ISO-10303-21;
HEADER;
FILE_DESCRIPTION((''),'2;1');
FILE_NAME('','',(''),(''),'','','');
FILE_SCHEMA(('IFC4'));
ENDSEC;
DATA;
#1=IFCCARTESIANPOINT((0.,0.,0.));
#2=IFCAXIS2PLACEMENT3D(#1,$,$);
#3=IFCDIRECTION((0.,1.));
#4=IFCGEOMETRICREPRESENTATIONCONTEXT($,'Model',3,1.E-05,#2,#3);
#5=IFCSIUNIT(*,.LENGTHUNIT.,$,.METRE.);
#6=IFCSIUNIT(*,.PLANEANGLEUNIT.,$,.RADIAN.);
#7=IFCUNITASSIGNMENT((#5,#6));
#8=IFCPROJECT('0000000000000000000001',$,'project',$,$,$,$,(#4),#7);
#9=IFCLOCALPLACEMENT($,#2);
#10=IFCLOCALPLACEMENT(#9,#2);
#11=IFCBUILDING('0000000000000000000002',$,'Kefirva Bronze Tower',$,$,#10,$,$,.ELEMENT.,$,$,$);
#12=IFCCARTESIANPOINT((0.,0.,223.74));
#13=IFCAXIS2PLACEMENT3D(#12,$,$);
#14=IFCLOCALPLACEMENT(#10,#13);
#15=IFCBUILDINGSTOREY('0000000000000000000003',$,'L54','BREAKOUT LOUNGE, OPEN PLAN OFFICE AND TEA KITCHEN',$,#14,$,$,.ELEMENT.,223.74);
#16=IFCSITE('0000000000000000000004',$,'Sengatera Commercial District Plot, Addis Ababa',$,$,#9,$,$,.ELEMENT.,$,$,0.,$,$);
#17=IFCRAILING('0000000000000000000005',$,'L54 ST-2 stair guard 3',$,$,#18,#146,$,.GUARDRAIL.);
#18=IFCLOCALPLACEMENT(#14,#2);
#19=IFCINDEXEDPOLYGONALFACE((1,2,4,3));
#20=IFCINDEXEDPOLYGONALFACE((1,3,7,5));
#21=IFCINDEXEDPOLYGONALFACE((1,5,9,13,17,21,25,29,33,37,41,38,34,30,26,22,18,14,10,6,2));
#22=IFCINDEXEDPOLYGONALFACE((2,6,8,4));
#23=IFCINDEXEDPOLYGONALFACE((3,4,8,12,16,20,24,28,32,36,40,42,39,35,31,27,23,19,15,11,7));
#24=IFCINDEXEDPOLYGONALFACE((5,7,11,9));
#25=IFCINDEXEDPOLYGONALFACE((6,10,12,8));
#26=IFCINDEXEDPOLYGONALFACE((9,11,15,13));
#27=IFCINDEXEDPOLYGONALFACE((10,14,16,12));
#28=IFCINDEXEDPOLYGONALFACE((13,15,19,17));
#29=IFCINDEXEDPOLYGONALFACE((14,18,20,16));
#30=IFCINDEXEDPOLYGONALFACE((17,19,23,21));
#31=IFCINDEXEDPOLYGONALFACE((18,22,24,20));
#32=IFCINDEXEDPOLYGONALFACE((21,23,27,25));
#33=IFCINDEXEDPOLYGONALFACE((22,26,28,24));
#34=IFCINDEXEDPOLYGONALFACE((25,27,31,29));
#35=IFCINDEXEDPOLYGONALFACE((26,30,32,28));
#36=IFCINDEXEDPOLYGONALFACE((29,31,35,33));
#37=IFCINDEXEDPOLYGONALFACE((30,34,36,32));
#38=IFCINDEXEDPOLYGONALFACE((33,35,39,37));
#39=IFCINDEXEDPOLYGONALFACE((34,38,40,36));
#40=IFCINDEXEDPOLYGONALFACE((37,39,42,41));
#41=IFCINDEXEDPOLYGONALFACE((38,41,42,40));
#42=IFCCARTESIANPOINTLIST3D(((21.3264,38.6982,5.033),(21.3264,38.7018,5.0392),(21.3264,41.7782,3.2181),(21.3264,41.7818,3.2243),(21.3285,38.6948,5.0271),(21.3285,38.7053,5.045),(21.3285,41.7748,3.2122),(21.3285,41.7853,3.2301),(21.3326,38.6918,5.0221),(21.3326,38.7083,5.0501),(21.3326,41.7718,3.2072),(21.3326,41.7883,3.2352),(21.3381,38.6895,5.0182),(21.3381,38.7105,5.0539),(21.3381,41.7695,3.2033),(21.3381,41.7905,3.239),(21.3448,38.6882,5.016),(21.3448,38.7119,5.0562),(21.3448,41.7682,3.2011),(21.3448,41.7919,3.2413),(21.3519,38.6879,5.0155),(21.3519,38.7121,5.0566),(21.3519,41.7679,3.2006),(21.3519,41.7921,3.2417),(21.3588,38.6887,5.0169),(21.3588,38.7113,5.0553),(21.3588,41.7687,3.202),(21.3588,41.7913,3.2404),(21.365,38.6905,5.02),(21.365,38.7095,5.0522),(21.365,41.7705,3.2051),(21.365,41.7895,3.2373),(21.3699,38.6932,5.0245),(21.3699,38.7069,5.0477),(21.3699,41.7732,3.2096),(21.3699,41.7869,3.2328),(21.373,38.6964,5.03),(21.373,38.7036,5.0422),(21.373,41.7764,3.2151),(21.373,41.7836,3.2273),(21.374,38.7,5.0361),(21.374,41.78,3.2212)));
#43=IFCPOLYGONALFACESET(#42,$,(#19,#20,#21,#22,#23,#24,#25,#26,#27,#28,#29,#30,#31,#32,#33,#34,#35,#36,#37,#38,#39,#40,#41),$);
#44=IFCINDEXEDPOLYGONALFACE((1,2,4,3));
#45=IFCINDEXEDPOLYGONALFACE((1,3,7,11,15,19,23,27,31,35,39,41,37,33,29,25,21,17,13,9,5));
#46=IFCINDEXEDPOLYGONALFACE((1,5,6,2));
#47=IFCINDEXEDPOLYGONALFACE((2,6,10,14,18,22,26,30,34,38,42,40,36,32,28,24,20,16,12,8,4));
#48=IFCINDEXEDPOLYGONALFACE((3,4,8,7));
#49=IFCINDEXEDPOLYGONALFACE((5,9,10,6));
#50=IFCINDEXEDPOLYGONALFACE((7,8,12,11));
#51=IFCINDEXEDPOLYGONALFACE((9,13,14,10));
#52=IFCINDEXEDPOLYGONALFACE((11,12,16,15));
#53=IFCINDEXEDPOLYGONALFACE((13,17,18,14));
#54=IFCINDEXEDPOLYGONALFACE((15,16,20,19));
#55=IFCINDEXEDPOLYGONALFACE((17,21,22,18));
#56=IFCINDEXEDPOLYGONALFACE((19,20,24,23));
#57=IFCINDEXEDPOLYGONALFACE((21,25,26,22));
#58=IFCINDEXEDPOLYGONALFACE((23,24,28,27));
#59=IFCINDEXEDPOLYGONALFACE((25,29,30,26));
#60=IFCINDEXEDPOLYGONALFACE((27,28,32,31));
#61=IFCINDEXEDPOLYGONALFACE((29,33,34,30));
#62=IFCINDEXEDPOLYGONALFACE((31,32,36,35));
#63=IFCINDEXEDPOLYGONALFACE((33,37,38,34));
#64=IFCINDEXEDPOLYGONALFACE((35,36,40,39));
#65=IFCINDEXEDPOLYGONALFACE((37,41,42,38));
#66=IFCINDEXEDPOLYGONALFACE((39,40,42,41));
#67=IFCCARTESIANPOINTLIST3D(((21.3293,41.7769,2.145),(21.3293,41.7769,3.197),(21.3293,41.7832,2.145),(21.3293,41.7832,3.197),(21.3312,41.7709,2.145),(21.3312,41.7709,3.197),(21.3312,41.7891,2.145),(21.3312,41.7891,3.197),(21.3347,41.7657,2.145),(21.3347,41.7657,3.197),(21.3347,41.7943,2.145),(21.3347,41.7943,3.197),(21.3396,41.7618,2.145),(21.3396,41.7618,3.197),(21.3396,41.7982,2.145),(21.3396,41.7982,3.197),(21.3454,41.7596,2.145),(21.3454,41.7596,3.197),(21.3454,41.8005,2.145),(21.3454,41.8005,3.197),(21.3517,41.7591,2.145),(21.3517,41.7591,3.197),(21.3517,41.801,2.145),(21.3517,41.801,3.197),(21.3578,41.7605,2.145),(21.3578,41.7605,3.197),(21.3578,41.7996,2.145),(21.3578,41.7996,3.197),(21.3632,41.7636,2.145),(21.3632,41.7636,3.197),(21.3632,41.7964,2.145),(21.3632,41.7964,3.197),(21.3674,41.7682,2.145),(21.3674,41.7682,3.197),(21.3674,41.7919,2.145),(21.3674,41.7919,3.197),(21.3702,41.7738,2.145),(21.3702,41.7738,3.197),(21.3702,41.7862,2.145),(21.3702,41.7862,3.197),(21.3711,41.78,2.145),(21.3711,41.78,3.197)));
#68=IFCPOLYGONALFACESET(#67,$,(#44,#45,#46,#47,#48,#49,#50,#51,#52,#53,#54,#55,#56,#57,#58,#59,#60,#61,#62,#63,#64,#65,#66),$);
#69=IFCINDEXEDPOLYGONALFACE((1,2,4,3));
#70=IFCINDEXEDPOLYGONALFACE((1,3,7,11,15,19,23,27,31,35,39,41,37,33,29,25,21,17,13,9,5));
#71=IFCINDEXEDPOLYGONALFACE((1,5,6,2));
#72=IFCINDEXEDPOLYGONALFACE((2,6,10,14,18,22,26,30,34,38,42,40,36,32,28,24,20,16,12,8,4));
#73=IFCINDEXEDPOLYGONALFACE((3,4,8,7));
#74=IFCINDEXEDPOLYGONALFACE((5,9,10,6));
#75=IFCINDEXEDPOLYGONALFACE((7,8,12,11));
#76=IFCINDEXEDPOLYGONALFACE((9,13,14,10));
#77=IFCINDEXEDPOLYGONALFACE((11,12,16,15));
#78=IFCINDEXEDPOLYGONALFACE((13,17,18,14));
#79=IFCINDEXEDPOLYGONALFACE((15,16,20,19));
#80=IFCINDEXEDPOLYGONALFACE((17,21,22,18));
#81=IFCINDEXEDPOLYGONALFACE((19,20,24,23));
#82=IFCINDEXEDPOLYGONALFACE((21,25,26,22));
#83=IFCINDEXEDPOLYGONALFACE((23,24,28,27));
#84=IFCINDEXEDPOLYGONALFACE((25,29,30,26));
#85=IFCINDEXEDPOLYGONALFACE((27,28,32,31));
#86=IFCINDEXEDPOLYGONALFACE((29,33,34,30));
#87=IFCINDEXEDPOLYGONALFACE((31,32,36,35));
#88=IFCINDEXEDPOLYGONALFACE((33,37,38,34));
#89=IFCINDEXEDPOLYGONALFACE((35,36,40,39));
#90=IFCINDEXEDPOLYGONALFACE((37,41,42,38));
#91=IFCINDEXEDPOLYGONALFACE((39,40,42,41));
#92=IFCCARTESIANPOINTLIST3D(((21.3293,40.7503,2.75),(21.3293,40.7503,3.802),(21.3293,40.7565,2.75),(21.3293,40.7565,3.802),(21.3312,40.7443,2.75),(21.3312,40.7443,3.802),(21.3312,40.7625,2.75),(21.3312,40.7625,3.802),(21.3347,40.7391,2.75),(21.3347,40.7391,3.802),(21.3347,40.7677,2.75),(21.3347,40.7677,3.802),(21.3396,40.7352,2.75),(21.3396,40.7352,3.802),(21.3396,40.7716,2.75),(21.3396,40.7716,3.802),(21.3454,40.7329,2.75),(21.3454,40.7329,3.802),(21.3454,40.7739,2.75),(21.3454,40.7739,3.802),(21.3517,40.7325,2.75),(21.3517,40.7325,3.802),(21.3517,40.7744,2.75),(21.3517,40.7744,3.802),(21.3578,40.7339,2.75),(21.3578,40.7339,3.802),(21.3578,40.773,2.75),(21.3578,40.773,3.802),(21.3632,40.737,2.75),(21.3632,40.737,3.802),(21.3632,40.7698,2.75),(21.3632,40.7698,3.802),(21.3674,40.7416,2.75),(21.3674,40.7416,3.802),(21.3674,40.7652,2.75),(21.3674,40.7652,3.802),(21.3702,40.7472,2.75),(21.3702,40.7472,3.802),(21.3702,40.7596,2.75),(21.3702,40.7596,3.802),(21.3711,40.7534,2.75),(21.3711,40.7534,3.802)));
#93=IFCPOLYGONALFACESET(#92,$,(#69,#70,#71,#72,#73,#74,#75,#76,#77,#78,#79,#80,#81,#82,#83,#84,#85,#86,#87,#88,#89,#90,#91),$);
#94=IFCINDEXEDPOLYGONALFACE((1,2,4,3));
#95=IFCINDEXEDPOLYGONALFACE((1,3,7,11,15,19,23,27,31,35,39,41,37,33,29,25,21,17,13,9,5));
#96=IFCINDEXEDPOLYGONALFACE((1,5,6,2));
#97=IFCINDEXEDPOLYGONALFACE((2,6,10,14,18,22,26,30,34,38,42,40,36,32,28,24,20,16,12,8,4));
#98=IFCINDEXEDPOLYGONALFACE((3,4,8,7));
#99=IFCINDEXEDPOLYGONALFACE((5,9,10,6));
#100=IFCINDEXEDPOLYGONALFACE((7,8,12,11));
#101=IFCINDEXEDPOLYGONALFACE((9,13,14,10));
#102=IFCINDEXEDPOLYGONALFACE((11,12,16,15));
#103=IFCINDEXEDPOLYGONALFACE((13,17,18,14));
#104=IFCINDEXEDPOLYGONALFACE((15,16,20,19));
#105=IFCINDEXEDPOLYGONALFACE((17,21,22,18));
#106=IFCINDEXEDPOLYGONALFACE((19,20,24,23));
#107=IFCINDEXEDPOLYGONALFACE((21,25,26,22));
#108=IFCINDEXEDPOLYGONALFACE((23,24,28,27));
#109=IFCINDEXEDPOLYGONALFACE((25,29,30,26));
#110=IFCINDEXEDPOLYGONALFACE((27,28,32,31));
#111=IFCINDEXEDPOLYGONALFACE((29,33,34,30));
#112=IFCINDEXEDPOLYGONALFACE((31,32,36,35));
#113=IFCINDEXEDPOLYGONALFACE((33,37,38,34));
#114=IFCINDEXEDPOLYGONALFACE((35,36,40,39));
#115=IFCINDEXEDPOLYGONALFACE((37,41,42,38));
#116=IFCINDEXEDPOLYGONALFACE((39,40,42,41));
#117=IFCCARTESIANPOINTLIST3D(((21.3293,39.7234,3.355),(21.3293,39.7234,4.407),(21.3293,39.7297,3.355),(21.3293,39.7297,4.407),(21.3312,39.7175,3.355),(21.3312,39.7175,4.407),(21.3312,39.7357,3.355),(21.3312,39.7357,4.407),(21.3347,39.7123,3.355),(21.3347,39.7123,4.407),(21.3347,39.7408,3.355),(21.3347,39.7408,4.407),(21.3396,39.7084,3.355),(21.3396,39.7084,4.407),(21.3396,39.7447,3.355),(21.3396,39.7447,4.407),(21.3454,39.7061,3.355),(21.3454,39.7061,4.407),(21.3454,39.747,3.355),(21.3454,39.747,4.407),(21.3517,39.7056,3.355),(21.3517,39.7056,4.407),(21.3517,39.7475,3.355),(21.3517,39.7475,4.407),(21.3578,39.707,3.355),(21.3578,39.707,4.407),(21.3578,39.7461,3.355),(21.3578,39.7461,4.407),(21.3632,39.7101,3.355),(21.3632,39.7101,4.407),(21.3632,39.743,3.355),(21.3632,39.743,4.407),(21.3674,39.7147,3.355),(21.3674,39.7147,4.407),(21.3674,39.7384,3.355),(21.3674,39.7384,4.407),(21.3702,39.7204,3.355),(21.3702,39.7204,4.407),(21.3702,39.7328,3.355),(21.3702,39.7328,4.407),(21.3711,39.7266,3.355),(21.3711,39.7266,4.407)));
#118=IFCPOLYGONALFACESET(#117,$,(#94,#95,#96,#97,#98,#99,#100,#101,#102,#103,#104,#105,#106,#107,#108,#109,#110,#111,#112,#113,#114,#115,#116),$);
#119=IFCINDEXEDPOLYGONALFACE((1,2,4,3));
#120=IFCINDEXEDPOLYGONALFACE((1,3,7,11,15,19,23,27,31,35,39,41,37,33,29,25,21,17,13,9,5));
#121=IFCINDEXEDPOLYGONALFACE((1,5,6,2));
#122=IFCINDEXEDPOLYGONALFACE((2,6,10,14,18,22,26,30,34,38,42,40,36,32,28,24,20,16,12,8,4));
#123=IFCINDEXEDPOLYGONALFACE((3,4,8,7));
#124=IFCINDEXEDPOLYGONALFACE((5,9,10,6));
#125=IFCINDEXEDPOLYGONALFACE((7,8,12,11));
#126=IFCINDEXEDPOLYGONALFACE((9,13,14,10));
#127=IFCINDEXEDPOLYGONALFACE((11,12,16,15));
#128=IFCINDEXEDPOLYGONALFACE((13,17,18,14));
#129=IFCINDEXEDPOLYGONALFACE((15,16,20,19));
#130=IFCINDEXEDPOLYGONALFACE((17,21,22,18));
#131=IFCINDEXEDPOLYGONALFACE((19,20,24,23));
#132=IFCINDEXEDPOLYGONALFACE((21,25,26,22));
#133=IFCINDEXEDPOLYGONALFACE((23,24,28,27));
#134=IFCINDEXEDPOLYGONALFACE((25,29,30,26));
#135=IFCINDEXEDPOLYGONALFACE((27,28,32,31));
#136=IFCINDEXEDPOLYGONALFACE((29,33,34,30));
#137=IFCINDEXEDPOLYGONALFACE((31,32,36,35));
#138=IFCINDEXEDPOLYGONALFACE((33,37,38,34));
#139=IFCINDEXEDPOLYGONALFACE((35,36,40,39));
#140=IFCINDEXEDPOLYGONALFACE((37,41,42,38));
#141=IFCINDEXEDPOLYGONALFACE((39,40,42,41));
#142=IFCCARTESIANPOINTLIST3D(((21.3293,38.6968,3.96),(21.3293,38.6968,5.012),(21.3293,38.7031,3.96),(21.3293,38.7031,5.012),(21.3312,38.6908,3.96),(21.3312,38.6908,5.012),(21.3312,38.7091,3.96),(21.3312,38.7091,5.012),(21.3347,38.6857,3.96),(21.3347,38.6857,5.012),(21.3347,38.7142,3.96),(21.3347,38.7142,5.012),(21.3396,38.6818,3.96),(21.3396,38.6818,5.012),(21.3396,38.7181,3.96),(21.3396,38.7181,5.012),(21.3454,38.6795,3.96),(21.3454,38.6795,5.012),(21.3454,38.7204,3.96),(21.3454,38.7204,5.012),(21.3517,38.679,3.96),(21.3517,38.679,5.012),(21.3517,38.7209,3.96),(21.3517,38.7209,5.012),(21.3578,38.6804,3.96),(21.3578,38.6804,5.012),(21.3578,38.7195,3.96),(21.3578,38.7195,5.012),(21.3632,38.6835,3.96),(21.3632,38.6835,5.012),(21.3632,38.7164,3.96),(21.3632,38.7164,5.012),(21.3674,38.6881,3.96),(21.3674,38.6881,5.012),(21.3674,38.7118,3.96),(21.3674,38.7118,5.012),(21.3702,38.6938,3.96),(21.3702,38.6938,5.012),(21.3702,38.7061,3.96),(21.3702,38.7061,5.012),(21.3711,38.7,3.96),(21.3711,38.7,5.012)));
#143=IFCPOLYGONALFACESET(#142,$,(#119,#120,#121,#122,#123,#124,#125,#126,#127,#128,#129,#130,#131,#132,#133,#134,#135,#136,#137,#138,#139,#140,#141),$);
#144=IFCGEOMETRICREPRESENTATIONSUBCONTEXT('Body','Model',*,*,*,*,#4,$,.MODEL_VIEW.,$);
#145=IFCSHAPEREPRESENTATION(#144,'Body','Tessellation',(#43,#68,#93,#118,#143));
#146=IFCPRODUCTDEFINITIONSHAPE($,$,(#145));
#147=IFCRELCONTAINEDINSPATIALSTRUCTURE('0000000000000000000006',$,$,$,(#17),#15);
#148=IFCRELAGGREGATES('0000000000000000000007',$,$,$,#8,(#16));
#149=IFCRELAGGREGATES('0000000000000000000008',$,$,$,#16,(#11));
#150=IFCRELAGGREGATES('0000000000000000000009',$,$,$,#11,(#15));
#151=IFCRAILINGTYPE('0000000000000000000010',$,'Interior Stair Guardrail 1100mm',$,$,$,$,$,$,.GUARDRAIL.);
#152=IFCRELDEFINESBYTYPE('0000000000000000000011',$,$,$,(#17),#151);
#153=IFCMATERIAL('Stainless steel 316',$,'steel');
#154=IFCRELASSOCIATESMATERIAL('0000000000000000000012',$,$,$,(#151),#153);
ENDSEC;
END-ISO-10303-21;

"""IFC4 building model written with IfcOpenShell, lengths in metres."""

from ifc_helpers import new_model, si_unit, direction, frame, origin, origin_2d, place, context, subcontext, project, spatial, circle, extrude, material, type_object, element, save


model = new_model("IFC4")

# Units and contexts
model_context = context("Model", 3, precision=1e-05, world=origin(), true_north=direction((0.0, 1.0)))
body_context = subcontext(model_context, "Body", "Model", "MODEL_VIEW")
ifc_project = project(units=[si_unit("LENGTHUNIT", "METRE"), si_unit("PLANEANGLEUNIT", "RADIAN")], contexts=[model_context])

# Site, building, storey
site_placement = place(None, origin())
site = spatial("IfcSite", under=ifc_project, at=site_placement, Name="Sengatera Commercial District Plot, Addis Ababa", CompositionType="ELEMENT", RefElevation=0.0)
building_placement = place(site_placement, origin())
building = spatial("IfcBuilding", under=site, at=building_placement, Name="Kefirva Bronze Tower", CompositionType="ELEMENT")
storey_placement = place(building_placement, frame((0.0, 0.0, 223.74)))
storey = spatial("IfcBuildingStorey", under=building, at=storey_placement, Name="L54", Description="BREAKOUT LOUNGE, OPEN PLAN OFFICE AND TEA KITCHEN", CompositionType="ELEMENT", Elevation=223.74)

# Railing
ifc_material_1 = material(Name="Stainless steel 316", Category="steel")
railing_type_1 = type_object("IfcRailingType", Name="Interior Stair Guardrail 1100mm", PredefinedType="GUARDRAIL", material=ifc_material_1)
railing_1_placement = place(storey_placement, frame((21.3501, 41.78, 2.145)))
element("IfcRailing", 1, at=railing_1_placement, inside=storey, type_object=railing_type_1, Name="L54 ST-2 stair guard 3", PredefinedType="GUARDRAIL", context=body_context, shape_type="SweptSolid", body=[
    extrude(circle(Radius=0.0239, at=origin_2d()), frame((0.0, 0.0, 1.0762), z_axis=(0.0, -0.861551, 0.507671), x_axis=(1.0, 0.0, 0.0)), (0.0, 0.0, 1.0), 3.575),
    extrude(circle(Radius=0.021, at=origin_2d()), origin(), (0.0, 0.0, 1.0), 1.052),
    extrude(circle(Radius=0.021, at=origin_2d()), frame((0.0, -1.0266, 0.605)), (0.0, 0.0, 1.0), 1.052),
    extrude(circle(Radius=0.021, at=origin_2d()), frame((0.0, -2.0535, 1.21)), (0.0, 0.0, 1.0), 1.052),
    extrude(circle(Radius=0.021, at=origin_2d()), frame((0.0, -3.0801, 1.8149)), (0.0, 0.0, 1.0), 1.052),
])

save(model, "model.ifc")
